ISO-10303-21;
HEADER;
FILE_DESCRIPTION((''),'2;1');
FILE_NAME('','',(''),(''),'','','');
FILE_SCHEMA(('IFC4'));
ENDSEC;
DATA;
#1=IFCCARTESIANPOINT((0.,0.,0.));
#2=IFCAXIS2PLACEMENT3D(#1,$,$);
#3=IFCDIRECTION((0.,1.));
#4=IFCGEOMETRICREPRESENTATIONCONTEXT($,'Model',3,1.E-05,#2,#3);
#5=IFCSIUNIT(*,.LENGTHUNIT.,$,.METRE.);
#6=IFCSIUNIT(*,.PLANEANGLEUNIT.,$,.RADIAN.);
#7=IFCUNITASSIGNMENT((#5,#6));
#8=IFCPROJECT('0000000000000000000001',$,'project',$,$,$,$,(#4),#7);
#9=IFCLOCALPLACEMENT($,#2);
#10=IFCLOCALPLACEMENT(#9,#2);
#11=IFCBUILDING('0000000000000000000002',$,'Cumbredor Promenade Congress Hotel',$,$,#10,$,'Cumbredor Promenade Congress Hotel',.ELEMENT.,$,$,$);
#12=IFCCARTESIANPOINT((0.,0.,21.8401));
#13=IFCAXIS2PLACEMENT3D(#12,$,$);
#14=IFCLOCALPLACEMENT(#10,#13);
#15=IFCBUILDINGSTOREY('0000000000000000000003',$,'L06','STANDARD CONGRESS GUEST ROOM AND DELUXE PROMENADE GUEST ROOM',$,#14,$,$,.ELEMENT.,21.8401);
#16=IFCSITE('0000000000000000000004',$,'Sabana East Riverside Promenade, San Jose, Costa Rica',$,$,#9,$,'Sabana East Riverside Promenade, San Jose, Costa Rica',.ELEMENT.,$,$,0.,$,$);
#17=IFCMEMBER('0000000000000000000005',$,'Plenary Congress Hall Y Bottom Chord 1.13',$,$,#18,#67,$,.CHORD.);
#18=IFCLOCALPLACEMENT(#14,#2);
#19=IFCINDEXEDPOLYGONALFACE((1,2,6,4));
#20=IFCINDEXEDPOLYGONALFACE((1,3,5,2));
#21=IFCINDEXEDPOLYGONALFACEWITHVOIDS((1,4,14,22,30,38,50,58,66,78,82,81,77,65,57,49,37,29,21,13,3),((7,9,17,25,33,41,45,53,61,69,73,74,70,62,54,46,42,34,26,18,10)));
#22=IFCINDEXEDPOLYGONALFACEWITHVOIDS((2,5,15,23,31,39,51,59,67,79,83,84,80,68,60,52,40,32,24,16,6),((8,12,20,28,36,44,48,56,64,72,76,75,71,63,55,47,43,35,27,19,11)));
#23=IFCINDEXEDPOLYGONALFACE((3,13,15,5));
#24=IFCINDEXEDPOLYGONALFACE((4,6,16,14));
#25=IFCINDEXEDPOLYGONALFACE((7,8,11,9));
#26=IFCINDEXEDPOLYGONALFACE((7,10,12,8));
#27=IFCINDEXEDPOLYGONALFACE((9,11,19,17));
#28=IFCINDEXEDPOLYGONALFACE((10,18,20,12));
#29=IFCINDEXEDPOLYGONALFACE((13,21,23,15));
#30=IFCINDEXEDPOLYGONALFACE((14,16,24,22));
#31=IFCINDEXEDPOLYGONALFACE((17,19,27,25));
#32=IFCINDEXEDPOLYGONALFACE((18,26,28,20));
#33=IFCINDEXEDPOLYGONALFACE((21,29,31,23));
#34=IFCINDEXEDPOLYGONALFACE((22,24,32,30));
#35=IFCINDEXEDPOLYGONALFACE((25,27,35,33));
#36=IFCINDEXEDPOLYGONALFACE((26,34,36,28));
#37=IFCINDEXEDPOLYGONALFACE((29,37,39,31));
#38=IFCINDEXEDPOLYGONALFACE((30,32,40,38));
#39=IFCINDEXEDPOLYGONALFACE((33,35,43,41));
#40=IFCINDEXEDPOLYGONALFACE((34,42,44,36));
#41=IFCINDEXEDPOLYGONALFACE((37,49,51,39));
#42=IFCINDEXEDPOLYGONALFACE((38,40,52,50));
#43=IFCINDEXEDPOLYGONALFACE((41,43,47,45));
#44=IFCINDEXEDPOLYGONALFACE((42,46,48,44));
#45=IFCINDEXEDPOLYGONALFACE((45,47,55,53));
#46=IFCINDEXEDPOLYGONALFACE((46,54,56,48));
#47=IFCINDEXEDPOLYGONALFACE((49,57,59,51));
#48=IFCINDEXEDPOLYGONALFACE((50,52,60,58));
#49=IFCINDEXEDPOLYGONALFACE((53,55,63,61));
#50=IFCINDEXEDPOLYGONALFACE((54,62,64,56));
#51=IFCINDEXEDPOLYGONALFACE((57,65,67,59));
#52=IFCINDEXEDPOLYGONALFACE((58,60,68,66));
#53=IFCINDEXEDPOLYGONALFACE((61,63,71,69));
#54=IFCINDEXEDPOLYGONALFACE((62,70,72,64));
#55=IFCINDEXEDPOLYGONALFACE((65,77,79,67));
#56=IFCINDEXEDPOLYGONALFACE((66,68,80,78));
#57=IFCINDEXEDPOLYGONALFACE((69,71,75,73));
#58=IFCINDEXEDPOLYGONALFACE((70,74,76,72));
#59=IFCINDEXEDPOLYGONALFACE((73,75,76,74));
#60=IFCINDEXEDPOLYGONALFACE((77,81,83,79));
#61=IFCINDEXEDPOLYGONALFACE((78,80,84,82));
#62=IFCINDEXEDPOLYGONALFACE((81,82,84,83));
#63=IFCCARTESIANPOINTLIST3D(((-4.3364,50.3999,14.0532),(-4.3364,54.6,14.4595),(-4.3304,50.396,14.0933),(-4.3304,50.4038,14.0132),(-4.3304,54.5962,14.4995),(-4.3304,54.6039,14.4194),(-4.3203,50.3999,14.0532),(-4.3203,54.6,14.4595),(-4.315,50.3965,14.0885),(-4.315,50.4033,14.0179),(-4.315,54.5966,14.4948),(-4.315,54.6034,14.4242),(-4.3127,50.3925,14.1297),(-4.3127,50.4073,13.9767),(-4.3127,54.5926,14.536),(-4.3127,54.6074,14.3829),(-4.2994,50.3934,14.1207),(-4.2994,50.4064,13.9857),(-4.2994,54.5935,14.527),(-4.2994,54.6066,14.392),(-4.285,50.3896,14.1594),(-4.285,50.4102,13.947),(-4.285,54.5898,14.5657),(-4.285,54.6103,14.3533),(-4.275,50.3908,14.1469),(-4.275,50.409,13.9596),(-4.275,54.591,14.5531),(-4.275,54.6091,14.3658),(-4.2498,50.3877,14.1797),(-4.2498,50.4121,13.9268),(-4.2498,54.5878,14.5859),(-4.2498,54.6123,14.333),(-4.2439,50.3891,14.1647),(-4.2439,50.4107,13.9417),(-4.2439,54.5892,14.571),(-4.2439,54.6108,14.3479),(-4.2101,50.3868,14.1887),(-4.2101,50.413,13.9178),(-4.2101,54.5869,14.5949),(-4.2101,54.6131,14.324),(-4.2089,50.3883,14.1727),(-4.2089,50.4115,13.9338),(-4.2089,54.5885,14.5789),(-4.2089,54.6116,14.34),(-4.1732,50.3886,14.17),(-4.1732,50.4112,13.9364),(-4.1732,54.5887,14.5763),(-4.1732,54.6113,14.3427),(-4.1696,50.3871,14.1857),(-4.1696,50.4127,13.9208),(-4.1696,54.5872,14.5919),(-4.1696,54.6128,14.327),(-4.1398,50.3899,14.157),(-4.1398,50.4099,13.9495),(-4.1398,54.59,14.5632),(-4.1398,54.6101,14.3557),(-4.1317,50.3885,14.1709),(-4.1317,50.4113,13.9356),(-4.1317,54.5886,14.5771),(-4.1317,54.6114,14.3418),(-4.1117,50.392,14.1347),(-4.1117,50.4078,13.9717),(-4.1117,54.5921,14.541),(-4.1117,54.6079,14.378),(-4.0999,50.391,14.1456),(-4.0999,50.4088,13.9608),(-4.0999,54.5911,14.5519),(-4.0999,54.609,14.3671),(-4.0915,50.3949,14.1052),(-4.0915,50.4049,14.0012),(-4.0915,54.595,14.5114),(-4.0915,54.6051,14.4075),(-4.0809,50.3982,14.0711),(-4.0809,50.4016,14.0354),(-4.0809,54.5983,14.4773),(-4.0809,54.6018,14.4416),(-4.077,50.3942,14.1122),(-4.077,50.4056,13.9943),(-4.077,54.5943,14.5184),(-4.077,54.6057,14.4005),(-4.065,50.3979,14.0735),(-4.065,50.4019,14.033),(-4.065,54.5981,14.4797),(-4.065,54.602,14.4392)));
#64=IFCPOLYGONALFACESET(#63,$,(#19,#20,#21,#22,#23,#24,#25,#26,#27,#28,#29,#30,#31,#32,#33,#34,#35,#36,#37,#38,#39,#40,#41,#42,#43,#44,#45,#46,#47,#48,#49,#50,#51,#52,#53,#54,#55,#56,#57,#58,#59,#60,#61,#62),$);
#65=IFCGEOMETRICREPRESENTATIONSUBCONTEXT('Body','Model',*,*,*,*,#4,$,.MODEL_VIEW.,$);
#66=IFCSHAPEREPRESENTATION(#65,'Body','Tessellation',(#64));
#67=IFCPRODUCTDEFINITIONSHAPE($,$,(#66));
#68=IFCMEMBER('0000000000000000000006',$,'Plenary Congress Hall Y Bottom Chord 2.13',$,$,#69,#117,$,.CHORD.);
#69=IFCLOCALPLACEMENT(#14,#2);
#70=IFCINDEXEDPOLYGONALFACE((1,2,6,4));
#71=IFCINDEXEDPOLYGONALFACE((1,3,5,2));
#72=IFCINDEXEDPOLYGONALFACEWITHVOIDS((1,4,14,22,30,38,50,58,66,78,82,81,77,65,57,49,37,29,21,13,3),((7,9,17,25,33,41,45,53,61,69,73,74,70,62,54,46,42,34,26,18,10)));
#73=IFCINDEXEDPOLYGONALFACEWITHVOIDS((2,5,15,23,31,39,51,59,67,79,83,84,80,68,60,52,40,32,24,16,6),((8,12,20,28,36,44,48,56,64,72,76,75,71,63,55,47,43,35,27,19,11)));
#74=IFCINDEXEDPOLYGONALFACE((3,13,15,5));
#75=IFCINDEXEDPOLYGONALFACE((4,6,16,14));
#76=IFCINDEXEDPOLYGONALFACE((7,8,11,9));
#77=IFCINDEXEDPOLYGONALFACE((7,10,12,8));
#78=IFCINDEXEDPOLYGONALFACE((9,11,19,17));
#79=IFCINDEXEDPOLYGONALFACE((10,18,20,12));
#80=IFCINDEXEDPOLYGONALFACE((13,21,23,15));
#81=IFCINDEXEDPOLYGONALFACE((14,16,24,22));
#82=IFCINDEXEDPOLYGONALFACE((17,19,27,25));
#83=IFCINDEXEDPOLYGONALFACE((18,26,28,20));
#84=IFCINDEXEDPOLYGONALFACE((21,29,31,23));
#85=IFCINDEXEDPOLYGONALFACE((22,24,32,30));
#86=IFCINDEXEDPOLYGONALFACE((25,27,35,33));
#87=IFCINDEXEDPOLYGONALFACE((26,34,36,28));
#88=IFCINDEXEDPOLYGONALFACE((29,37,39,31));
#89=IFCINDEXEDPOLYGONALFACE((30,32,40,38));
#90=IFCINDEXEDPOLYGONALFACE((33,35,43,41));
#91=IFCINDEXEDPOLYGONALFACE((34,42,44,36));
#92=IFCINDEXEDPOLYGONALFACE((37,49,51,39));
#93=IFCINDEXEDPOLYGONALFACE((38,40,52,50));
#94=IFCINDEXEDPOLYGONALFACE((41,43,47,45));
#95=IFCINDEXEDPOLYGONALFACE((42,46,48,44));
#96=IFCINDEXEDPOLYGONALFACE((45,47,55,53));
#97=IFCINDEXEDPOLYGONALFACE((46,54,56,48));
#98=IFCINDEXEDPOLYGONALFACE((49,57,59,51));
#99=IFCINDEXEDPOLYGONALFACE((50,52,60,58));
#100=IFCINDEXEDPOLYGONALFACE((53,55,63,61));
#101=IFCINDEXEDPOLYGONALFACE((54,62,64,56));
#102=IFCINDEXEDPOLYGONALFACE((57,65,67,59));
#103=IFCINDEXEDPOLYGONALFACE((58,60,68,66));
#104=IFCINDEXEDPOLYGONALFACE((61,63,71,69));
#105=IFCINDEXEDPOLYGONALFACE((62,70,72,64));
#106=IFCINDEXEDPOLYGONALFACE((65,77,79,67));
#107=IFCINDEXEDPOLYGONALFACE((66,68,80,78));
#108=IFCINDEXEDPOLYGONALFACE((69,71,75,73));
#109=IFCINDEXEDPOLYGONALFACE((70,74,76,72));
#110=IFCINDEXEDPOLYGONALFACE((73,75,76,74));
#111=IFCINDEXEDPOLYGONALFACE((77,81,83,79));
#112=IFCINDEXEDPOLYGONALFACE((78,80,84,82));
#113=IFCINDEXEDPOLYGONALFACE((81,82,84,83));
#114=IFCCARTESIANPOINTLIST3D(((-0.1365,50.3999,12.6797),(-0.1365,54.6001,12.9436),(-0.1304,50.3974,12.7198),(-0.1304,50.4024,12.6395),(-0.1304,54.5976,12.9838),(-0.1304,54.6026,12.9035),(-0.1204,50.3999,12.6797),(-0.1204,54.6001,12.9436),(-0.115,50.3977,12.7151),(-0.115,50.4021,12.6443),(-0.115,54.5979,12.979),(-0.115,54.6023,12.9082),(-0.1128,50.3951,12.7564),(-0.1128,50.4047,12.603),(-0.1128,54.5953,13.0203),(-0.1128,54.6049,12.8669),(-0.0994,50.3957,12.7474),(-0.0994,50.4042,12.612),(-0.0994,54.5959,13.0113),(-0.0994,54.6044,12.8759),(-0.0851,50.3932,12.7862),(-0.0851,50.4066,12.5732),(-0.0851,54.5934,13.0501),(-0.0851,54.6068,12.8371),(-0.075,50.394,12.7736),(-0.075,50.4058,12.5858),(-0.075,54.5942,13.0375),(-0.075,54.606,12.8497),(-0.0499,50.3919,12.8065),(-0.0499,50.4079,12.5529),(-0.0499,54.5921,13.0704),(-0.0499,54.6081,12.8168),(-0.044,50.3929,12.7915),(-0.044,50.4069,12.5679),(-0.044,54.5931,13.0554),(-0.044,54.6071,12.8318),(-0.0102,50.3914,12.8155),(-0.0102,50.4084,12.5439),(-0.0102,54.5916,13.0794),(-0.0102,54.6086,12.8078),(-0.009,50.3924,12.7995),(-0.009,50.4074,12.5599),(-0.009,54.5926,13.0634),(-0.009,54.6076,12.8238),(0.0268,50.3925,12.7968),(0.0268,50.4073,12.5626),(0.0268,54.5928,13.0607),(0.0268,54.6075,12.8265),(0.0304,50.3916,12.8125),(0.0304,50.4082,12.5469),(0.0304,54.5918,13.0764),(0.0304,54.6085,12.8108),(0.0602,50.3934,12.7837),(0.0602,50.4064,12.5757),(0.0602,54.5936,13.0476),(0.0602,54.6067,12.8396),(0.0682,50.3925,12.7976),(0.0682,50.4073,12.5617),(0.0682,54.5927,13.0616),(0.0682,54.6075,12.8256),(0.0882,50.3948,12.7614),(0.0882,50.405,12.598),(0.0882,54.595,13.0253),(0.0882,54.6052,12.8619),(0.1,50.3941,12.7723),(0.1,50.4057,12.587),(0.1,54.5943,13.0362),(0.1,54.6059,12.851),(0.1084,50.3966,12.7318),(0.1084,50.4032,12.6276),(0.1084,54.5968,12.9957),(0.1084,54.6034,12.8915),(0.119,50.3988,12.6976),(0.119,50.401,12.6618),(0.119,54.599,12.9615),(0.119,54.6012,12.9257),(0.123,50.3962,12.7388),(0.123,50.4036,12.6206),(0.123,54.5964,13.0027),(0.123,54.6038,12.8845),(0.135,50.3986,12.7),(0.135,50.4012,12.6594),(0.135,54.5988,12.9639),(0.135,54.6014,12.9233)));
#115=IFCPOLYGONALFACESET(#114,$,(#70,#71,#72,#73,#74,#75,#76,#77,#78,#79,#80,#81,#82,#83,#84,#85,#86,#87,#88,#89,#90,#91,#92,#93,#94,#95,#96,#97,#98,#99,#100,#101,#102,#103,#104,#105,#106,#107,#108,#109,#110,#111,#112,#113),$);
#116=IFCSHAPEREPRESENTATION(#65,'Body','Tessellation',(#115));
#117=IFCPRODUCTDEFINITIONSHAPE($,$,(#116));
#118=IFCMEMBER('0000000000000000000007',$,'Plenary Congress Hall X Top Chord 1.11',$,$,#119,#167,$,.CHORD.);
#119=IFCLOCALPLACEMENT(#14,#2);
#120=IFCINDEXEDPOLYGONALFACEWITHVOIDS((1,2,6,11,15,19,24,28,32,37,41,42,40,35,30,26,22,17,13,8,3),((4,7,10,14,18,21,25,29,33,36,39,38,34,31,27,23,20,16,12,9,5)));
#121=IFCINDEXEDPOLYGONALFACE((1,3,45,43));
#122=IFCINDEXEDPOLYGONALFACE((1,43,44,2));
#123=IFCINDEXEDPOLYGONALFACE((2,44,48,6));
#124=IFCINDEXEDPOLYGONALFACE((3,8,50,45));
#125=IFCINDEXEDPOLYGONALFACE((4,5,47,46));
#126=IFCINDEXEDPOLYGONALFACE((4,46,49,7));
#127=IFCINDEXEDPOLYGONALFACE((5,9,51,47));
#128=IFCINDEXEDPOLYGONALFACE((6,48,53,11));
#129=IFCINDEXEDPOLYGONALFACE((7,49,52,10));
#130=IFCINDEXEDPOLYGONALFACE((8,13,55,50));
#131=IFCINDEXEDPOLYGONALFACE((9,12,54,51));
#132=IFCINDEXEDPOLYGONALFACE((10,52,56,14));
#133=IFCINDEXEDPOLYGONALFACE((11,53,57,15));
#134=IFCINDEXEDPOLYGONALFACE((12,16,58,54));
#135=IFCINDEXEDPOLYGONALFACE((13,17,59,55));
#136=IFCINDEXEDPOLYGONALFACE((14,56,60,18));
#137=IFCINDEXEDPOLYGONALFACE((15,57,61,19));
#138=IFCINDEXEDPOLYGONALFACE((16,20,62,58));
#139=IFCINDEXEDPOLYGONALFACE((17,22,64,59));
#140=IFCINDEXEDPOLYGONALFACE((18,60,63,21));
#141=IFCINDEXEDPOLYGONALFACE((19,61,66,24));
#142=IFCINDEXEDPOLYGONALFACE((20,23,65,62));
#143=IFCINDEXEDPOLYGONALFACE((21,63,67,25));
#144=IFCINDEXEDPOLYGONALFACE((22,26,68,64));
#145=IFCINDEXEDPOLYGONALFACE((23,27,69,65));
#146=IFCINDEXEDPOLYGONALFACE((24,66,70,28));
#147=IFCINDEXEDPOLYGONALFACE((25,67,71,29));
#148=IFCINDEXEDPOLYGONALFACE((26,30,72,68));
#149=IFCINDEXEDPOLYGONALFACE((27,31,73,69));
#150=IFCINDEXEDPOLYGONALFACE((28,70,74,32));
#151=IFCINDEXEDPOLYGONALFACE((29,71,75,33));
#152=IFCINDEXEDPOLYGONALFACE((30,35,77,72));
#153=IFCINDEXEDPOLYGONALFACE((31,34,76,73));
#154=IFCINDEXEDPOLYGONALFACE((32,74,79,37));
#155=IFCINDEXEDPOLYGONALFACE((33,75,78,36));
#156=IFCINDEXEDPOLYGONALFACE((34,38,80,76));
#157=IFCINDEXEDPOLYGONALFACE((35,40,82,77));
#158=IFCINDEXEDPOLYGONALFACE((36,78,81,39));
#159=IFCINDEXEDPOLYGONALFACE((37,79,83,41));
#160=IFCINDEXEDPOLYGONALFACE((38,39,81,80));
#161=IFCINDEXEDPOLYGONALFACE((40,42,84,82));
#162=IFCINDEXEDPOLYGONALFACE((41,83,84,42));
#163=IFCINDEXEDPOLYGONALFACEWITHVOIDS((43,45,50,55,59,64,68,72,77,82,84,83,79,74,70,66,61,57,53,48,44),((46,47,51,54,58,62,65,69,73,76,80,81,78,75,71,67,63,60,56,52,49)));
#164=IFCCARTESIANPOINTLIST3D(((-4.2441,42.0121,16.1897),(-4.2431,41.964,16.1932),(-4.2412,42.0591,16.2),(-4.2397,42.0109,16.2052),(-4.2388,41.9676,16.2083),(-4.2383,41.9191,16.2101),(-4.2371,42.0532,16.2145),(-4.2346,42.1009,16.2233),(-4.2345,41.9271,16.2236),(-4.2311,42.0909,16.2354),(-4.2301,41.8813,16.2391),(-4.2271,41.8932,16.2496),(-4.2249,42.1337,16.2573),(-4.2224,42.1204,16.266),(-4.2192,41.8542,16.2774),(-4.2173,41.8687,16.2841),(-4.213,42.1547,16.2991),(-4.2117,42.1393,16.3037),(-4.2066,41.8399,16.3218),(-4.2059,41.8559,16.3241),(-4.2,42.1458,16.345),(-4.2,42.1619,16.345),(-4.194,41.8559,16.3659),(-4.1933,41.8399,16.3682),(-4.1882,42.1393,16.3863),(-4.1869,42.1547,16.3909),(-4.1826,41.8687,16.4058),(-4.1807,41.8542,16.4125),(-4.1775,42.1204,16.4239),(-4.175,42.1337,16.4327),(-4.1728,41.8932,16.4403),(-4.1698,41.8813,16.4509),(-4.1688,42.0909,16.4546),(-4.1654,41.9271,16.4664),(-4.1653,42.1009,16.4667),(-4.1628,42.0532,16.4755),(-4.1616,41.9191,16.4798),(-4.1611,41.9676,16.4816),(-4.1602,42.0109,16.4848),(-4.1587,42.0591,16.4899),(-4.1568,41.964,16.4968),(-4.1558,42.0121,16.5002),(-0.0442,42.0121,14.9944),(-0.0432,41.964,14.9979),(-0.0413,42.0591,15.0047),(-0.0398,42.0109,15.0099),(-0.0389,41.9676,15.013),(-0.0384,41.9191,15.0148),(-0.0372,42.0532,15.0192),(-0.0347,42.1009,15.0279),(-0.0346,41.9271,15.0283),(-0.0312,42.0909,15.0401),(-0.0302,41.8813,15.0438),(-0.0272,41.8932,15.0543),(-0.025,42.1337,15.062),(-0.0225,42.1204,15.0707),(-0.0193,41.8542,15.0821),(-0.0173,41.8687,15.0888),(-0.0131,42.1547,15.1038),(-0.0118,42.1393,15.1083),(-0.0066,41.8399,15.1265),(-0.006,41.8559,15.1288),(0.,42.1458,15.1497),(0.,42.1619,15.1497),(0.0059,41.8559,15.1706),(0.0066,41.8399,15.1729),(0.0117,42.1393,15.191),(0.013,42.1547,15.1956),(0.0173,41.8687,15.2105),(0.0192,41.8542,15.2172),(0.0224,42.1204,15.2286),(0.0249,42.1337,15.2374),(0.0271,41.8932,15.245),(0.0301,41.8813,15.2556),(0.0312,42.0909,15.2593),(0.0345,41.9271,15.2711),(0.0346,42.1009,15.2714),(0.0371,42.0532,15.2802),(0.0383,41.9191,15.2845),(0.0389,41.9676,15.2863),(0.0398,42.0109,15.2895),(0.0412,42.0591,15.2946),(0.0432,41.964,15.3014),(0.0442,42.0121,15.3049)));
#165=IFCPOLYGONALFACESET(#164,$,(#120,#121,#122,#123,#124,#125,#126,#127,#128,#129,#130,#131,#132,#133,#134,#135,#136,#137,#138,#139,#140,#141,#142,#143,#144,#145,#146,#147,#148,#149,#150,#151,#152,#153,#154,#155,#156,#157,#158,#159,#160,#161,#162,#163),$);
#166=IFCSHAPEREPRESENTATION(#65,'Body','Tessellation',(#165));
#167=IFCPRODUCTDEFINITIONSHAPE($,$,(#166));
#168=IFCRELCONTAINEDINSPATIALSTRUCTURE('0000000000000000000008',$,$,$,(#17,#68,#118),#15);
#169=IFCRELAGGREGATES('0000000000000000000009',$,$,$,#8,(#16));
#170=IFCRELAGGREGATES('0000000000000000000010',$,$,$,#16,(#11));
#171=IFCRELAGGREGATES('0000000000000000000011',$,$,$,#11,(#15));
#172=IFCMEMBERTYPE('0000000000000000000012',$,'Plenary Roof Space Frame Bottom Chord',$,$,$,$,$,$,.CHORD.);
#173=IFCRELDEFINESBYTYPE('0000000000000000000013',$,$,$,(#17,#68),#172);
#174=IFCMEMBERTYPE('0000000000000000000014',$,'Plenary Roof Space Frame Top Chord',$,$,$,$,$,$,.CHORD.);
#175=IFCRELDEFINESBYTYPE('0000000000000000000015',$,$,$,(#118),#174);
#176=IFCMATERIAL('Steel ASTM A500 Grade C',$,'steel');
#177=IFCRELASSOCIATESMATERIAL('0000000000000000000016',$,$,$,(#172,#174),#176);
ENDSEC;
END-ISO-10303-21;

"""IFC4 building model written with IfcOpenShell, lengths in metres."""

from ifc_helpers import new_model, si_unit, direction, frame, origin, origin_2d, place, context, subcontext, project, spatial, hollow_circle, extrude, material, material_profile, profile_set, type_object, element, save


model = new_model("IFC4")

# Units and contexts
model_context = context("Model", 3, precision=1e-05, world=origin(), true_north=direction((0.0, 1.0)))
body_context = subcontext(model_context, "Body", "Model", "MODEL_VIEW")
ifc_project = project(units=[si_unit("LENGTHUNIT", "METRE"), si_unit("PLANEANGLEUNIT", "RADIAN")], contexts=[model_context])

# Site, building, storey
site_placement = place(None, origin())
site = spatial("IfcSite", under=ifc_project, at=site_placement, Name="Sabana East Riverside Promenade, San Jose, Costa Rica", LongName="Sabana East Riverside Promenade, San Jose, Costa Rica", CompositionType="ELEMENT", RefElevation=0.0)
building_placement = place(site_placement, origin())
building = spatial("IfcBuilding", under=site, at=building_placement, Name="Cumbredor Promenade Congress Hotel", LongName="Cumbredor Promenade Congress Hotel", CompositionType="ELEMENT")
storey_placement = place(building_placement, frame((0.0, 0.0, 21.8401)))
storey = spatial("IfcBuildingStorey", under=building, at=storey_placement, Name="L06", Description="STANDARD CONGRESS GUEST ROOM AND DELUXE PROMENADE GUEST ROOM", CompositionType="ELEMENT", Elevation=21.8401)

# Members
ifc_material_1 = material(Name="Steel ASTM A500 Grade C", Category="steel")
ifc_material_profile_1 = material_profile(ifc_material_1, hollow_circle(Radius=0.1365, WallThickness=0.0161, at=origin_2d()), Name="CHS 273.0x16")
ifc_profile_set_1 = profile_set([ifc_material_profile_1], Name="Steel ASTM A500 Grade C")
member_type_1 = type_object("IfcMemberType", Name="Plenary Roof Space Frame Bottom Chord", PredefinedType="CHORD", material=ifc_profile_set_1)
member_1_placement = place(storey_placement, frame((-4.2, 50.3999, 14.0532), z_axis=(0.0, 0.995355, 0.096272), x_axis=(-1.0, 0.0, 0.0)))
element("IfcMember", 1, at=member_1_placement, inside=storey, type_object=member_type_1, Name="Plenary Congress Hall Y Bottom Chord 1.13", PredefinedType="CHORD", context=body_context, shape_type="SweptSolid", body=[
    extrude(hollow_circle(Radius=0.1365, WallThickness=0.0161, at=origin_2d()), origin(), (0.0, 0.0, 1.0), 4.2197),
])
member_2_placement = place(storey_placement, frame((0.0, 50.3999, 12.6797), z_axis=(0.0, 0.998032, 0.062711), x_axis=(-1.0, 0.0, 0.0)))
element("IfcMember", 2, at=member_2_placement, inside=storey, type_object=member_type_1, Name="Plenary Congress Hall Y Bottom Chord 2.13", PredefinedType="CHORD", context=body_context, shape_type="SweptSolid", body=[
    extrude(hollow_circle(Radius=0.1365, WallThickness=0.0161, at=origin_2d()), origin(), (0.0, 0.0, 1.0), 4.2085),
])
ifc_material_profile_2 = material_profile(ifc_material_1, hollow_circle(Radius=0.1619, WallThickness=0.0161, at=origin_2d()), Name="CHS 323.9x16")
ifc_profile_set_2 = profile_set([ifc_material_profile_2], Name="Steel ASTM A500 Grade C")
member_type_2 = type_object("IfcMemberType", Name="Plenary Roof Space Frame Top Chord", PredefinedType="CHORD", material=ifc_profile_set_2)
member_3_placement = place(storey_placement, frame((-4.2, 42.0, 16.345), z_axis=(0.961806, 0.0, -0.273731), x_axis=(0.0, 1.0, 0.0)))
element("IfcMember", 3, at=member_3_placement, inside=storey, type_object=member_type_2, Name="Plenary Congress Hall X Top Chord 1.11", PredefinedType="CHORD", context=body_context, shape_type="SweptSolid", body=[
    extrude(hollow_circle(Radius=0.1619, WallThickness=0.0161, at=origin_2d()), origin(), (0.0, 0.0, 1.0), 4.3667),
])

save(model, "model.ifc")
